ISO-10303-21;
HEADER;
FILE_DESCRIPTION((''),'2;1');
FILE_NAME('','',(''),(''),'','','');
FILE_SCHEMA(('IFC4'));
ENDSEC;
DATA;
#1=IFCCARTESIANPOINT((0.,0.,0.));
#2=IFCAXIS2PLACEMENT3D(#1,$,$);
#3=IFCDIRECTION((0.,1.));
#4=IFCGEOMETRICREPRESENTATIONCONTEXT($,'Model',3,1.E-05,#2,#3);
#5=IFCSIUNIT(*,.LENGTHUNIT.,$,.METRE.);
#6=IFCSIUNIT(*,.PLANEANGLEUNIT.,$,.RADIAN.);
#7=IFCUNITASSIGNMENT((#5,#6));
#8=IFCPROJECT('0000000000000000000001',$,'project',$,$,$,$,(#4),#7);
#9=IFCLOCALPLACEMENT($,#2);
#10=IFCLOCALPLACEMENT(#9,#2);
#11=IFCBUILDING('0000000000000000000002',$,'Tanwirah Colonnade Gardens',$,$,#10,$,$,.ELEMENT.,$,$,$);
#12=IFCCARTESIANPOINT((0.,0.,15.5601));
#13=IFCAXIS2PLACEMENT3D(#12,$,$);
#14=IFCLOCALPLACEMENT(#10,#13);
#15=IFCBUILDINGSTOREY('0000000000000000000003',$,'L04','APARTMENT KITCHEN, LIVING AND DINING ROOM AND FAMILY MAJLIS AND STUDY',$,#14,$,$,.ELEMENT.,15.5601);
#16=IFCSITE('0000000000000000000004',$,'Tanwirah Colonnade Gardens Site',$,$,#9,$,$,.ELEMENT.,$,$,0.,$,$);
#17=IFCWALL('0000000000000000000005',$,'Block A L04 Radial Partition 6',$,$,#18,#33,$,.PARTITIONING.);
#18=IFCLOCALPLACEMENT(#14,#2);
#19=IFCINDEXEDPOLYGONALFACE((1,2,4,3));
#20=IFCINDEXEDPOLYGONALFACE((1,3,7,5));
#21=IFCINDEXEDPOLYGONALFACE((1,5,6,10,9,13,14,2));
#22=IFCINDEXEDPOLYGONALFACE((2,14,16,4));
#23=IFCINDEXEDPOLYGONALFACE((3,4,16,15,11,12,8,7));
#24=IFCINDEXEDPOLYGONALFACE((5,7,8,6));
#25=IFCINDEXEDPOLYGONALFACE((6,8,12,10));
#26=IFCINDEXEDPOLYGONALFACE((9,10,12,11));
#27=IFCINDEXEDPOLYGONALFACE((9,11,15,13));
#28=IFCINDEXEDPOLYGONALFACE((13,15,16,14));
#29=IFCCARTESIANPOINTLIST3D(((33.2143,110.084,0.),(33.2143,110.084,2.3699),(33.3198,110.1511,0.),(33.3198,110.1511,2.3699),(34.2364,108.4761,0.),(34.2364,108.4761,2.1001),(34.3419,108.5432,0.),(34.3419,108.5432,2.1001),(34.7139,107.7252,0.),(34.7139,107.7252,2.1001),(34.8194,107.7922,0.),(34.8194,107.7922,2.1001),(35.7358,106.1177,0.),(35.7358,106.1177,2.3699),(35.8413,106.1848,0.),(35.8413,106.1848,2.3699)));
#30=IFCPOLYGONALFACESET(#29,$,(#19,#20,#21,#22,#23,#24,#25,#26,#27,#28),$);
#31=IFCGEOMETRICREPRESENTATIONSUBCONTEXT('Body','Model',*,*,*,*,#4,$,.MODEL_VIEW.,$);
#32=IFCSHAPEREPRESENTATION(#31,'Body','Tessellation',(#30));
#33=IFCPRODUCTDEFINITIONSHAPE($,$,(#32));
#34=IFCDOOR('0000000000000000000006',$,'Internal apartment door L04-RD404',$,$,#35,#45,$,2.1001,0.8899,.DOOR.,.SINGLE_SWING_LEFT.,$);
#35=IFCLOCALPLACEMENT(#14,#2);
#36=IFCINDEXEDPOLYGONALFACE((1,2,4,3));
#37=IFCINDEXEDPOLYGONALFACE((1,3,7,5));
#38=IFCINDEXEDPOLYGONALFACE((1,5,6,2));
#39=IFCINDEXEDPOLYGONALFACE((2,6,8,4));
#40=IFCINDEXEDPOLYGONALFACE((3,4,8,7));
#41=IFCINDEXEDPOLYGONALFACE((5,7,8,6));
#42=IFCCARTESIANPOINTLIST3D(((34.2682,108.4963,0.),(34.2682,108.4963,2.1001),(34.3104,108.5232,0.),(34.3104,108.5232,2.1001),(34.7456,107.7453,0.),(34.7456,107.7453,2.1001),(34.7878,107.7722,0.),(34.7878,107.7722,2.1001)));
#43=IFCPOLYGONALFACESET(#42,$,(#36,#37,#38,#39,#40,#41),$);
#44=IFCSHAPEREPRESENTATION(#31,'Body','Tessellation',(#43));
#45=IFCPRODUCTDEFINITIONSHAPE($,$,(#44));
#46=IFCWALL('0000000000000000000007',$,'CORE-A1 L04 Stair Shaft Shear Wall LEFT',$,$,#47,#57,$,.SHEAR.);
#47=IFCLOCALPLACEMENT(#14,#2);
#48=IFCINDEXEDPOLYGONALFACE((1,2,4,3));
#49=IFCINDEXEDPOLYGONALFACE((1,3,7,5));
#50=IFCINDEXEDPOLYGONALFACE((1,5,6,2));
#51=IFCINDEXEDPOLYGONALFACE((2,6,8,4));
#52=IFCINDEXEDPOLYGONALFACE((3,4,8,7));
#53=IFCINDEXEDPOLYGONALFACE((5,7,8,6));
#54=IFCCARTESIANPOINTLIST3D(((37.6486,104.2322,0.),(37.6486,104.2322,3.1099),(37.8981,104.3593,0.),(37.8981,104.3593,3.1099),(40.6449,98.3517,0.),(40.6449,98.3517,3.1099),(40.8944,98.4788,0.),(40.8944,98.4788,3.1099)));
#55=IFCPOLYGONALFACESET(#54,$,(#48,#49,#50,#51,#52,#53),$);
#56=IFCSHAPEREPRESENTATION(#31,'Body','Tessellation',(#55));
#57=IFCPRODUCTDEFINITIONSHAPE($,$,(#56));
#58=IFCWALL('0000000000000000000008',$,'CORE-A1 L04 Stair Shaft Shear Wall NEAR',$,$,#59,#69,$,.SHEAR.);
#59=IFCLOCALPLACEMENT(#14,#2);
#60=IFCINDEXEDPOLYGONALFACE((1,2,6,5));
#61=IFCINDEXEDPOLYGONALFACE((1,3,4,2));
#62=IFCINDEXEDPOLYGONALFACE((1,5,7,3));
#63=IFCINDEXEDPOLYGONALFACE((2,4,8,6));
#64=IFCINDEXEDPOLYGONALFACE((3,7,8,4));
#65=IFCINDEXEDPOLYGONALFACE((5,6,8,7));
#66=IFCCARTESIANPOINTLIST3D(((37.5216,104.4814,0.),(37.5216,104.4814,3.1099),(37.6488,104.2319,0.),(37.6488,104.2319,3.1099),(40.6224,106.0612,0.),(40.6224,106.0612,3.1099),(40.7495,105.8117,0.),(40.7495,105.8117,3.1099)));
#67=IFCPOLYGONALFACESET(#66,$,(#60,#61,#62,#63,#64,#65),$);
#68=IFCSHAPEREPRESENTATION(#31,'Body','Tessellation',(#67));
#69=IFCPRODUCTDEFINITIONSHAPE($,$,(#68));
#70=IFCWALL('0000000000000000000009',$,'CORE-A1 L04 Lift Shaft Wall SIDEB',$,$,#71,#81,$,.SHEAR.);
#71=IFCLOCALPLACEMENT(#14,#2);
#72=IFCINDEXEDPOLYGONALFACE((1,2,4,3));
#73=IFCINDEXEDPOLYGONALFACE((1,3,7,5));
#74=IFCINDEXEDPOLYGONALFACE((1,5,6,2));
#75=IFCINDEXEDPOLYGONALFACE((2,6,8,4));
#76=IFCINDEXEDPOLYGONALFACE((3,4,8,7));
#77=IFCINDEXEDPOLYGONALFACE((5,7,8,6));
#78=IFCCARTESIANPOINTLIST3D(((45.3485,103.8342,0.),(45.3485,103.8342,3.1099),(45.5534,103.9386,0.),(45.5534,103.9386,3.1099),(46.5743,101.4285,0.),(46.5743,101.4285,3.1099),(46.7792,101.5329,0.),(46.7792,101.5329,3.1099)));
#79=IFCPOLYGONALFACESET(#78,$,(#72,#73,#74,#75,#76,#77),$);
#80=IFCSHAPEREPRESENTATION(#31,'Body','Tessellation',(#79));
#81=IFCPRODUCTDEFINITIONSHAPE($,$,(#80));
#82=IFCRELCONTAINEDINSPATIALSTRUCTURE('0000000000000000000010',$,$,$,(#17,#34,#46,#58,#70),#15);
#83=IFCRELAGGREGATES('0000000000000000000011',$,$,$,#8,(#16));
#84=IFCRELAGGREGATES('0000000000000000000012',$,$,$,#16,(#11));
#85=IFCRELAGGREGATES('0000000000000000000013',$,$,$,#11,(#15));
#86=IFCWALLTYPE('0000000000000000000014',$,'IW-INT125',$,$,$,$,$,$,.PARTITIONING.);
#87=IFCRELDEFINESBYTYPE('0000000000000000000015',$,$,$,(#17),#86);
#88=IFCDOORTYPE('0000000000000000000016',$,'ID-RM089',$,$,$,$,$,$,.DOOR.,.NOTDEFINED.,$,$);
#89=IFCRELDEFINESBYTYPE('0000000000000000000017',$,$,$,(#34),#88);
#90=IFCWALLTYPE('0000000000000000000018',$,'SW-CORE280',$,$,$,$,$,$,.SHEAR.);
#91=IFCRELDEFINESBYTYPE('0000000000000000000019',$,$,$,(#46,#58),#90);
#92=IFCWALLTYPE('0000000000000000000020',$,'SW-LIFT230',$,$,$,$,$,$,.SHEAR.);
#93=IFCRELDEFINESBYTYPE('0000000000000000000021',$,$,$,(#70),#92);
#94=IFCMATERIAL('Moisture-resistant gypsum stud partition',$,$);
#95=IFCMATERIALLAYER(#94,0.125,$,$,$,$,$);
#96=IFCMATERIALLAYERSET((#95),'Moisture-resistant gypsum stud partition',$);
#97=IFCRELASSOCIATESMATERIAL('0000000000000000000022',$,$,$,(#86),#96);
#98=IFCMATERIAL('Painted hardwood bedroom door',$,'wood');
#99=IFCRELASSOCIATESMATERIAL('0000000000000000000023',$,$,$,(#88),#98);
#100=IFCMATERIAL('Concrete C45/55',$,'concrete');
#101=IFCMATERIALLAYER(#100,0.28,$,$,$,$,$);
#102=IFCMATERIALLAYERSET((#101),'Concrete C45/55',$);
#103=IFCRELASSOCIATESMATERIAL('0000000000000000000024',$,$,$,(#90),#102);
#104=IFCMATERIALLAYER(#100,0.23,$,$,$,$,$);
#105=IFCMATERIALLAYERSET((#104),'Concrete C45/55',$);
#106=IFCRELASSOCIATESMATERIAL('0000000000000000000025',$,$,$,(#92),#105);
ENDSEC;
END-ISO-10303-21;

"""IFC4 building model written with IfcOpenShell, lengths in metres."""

from ifc_helpers import new_model, si_unit, direction, frame, frame_2d, origin, place, context, subcontext, project, spatial, rectangle, extrude, material, layer, layer_set, type_object, element, fill, save


model = new_model("IFC4")

# Units and contexts
model_context = context("Model", 3, precision=1e-05, world=origin(), true_north=direction((0.0, 1.0)))
body_context = subcontext(model_context, "Body", "Model", "MODEL_VIEW")
ifc_project = project(units=[si_unit("LENGTHUNIT", "METRE"), si_unit("PLANEANGLEUNIT", "RADIAN")], contexts=[model_context])

# Site, building, storey
site_placement = place(None, origin())
site = spatial("IfcSite", under=ifc_project, at=site_placement, Name="Tanwirah Colonnade Gardens Site", CompositionType="ELEMENT", RefElevation=0.0)
building_placement = place(site_placement, origin())
building = spatial("IfcBuilding", under=site, at=building_placement, Name="Tanwirah Colonnade Gardens", CompositionType="ELEMENT")
storey_placement = place(building_placement, frame((0.0, 0.0, 15.5601)))
storey = spatial("IfcBuildingStorey", under=building, at=storey_placement, Name="L04", Description="APARTMENT KITCHEN, LIVING AND DINING ROOM AND FAMILY MAJLIS AND STUDY", CompositionType="ELEMENT", Elevation=15.5601)

# Wall, opening, door
ifc_material_1 = material(Name="Moisture-resistant gypsum stud partition")
ifc_layer_1 = layer(ifc_material_1, 0.125)
ifc_layer_set_1 = layer_set([ifc_layer_1], Name="Moisture-resistant gypsum stud partition")
wall_type_1 = type_object("IfcWallType", Name="IW-INT125", PredefinedType="PARTITIONING", material=ifc_layer_set_1)
wall_1_placement = place(storey_placement, frame((35.7886, 106.1511, 0.0), z_axis=(0.0, 0.0, 1.0), x_axis=(-0.536492, 0.843905, 0.0)))
wall_1 = element("IfcWall", 1, at=wall_1_placement, inside=storey, type_object=wall_type_1, Name="Block A L04 Radial Partition 6", PredefinedType="PARTITIONING", context=body_context, shape_type="SweptSolid", body=[
    extrude(rectangle(XDim=4.7, YDim=0.125, at=frame_2d((2.3501, 0.0))), origin(), (0.0, 0.0, 1.0), 2.3699),
])
opening_1_placement = place(wall_1_placement, frame((1.905, 0.0, 0.0)))
opening_1 = element("IfcOpeningElement", 2, at=opening_1_placement, cuts=wall_1, PredefinedType="OPENING", context=body_context, shape_type="SweptSolid", body=[
    extrude(rectangle(XDim=0.8899, YDim=2.1001, at=frame_2d((0.4448, 1.05))), frame((0.0, 0.0725, 0.0), z_axis=(0.0, -1.0, 0.0), x_axis=(1.0, 0.0, 0.0)), (0.0, 0.0, 1.0), 0.145),
])
ifc_material_2 = material(Name="Painted hardwood bedroom door", Category="wood")
door_type_1 = type_object("IfcDoorType", Name="ID-RM089", OperationType="NOTDEFINED", PredefinedType="DOOR", material=ifc_material_2)
door_1_placement = place(opening_1_placement, origin())
door_1 = element("IfcDoor", 3, at=door_1_placement, inside=storey, type_object=door_type_1, Name="Internal apartment door L04-RD404", OperationType="SINGLE_SWING_LEFT", OverallHeight=2.1001, OverallWidth=0.8899, PredefinedType="DOOR", context=body_context, shape_type="SweptSolid", body=[
    extrude(rectangle(XDim=0.8899, YDim=2.1001, at=frame_2d((0.4448, 1.05))), frame((0.0, 0.0249, 0.0), z_axis=(0.0, -1.0, 0.0), x_axis=(1.0, 0.0, 0.0)), (0.0, 0.0, 1.0), 0.05),
])
fill(opening_1, door_1)

# Walls
ifc_material_3 = material(Name="Concrete C45/55", Category="concrete")
ifc_layer_2 = layer(ifc_material_3, 0.28)
ifc_layer_set_2 = layer_set([ifc_layer_2], Name="Concrete C45/55")
wall_type_2 = type_object("IfcWallType", Name="SW-CORE280", PredefinedType="SHEAR", material=ifc_layer_set_2)
wall_2_placement = place(storey_placement, frame((37.7734, 104.2957, 0.0), z_axis=(0.0, 0.0, 1.0), x_axis=(0.453992, -0.891006, 0.0)))
element("IfcWall", 4, at=wall_2_placement, inside=storey, type_object=wall_type_2, Name="CORE-A1 L04 Stair Shaft Shear Wall LEFT", PredefinedType="SHEAR", context=body_context, shape_type="SweptSolid", body=[
    extrude(rectangle(XDim=6.5999, YDim=0.28, at=frame_2d((3.2998, 0.0))), origin(), (0.0, 0.0, 1.0), 3.1099),
])
wall_3_placement = place(storey_placement, frame((37.5852, 104.3567, 0.0), z_axis=(0.0, 0.0, 1.0), x_axis=(0.89102, 0.453964, 0.0)))
element("IfcWall", 5, at=wall_3_placement, inside=storey, type_object=wall_type_2, Name="CORE-A1 L04 Stair Shaft Shear Wall NEAR", PredefinedType="SHEAR", context=body_context, shape_type="SweptSolid", body=[
    extrude(rectangle(XDim=3.48, YDim=0.28, at=frame_2d((1.74, 0.0))), origin(), (0.0, 0.0, 1.0), 3.1099),
])

# Wall
ifc_layer_3 = layer(ifc_material_3, 0.23)
ifc_layer_set_3 = layer_set([ifc_layer_3], Name="Concrete C45/55")
wall_type_3 = type_object("IfcWallType", Name="SW-LIFT230", PredefinedType="SHEAR", material=ifc_layer_set_3)
wall_4_placement = place(storey_placement, frame((45.4509, 103.8865, 0.0), z_axis=(0.0, 0.0, 1.0), x_axis=(0.454, -0.891002, 0.0)))
element("IfcWall", 6, at=wall_4_placement, inside=storey, type_object=wall_type_3, Name="CORE-A1 L04 Lift Shaft Wall SIDEB", PredefinedType="SHEAR", context=body_context, shape_type="SweptSolid", body=[
    extrude(rectangle(XDim=2.7, YDim=0.23, at=frame_2d((1.3501, 0.0))), origin(), (0.0, 0.0, 1.0), 3.1099),
])

save(model, "model.ifc")
